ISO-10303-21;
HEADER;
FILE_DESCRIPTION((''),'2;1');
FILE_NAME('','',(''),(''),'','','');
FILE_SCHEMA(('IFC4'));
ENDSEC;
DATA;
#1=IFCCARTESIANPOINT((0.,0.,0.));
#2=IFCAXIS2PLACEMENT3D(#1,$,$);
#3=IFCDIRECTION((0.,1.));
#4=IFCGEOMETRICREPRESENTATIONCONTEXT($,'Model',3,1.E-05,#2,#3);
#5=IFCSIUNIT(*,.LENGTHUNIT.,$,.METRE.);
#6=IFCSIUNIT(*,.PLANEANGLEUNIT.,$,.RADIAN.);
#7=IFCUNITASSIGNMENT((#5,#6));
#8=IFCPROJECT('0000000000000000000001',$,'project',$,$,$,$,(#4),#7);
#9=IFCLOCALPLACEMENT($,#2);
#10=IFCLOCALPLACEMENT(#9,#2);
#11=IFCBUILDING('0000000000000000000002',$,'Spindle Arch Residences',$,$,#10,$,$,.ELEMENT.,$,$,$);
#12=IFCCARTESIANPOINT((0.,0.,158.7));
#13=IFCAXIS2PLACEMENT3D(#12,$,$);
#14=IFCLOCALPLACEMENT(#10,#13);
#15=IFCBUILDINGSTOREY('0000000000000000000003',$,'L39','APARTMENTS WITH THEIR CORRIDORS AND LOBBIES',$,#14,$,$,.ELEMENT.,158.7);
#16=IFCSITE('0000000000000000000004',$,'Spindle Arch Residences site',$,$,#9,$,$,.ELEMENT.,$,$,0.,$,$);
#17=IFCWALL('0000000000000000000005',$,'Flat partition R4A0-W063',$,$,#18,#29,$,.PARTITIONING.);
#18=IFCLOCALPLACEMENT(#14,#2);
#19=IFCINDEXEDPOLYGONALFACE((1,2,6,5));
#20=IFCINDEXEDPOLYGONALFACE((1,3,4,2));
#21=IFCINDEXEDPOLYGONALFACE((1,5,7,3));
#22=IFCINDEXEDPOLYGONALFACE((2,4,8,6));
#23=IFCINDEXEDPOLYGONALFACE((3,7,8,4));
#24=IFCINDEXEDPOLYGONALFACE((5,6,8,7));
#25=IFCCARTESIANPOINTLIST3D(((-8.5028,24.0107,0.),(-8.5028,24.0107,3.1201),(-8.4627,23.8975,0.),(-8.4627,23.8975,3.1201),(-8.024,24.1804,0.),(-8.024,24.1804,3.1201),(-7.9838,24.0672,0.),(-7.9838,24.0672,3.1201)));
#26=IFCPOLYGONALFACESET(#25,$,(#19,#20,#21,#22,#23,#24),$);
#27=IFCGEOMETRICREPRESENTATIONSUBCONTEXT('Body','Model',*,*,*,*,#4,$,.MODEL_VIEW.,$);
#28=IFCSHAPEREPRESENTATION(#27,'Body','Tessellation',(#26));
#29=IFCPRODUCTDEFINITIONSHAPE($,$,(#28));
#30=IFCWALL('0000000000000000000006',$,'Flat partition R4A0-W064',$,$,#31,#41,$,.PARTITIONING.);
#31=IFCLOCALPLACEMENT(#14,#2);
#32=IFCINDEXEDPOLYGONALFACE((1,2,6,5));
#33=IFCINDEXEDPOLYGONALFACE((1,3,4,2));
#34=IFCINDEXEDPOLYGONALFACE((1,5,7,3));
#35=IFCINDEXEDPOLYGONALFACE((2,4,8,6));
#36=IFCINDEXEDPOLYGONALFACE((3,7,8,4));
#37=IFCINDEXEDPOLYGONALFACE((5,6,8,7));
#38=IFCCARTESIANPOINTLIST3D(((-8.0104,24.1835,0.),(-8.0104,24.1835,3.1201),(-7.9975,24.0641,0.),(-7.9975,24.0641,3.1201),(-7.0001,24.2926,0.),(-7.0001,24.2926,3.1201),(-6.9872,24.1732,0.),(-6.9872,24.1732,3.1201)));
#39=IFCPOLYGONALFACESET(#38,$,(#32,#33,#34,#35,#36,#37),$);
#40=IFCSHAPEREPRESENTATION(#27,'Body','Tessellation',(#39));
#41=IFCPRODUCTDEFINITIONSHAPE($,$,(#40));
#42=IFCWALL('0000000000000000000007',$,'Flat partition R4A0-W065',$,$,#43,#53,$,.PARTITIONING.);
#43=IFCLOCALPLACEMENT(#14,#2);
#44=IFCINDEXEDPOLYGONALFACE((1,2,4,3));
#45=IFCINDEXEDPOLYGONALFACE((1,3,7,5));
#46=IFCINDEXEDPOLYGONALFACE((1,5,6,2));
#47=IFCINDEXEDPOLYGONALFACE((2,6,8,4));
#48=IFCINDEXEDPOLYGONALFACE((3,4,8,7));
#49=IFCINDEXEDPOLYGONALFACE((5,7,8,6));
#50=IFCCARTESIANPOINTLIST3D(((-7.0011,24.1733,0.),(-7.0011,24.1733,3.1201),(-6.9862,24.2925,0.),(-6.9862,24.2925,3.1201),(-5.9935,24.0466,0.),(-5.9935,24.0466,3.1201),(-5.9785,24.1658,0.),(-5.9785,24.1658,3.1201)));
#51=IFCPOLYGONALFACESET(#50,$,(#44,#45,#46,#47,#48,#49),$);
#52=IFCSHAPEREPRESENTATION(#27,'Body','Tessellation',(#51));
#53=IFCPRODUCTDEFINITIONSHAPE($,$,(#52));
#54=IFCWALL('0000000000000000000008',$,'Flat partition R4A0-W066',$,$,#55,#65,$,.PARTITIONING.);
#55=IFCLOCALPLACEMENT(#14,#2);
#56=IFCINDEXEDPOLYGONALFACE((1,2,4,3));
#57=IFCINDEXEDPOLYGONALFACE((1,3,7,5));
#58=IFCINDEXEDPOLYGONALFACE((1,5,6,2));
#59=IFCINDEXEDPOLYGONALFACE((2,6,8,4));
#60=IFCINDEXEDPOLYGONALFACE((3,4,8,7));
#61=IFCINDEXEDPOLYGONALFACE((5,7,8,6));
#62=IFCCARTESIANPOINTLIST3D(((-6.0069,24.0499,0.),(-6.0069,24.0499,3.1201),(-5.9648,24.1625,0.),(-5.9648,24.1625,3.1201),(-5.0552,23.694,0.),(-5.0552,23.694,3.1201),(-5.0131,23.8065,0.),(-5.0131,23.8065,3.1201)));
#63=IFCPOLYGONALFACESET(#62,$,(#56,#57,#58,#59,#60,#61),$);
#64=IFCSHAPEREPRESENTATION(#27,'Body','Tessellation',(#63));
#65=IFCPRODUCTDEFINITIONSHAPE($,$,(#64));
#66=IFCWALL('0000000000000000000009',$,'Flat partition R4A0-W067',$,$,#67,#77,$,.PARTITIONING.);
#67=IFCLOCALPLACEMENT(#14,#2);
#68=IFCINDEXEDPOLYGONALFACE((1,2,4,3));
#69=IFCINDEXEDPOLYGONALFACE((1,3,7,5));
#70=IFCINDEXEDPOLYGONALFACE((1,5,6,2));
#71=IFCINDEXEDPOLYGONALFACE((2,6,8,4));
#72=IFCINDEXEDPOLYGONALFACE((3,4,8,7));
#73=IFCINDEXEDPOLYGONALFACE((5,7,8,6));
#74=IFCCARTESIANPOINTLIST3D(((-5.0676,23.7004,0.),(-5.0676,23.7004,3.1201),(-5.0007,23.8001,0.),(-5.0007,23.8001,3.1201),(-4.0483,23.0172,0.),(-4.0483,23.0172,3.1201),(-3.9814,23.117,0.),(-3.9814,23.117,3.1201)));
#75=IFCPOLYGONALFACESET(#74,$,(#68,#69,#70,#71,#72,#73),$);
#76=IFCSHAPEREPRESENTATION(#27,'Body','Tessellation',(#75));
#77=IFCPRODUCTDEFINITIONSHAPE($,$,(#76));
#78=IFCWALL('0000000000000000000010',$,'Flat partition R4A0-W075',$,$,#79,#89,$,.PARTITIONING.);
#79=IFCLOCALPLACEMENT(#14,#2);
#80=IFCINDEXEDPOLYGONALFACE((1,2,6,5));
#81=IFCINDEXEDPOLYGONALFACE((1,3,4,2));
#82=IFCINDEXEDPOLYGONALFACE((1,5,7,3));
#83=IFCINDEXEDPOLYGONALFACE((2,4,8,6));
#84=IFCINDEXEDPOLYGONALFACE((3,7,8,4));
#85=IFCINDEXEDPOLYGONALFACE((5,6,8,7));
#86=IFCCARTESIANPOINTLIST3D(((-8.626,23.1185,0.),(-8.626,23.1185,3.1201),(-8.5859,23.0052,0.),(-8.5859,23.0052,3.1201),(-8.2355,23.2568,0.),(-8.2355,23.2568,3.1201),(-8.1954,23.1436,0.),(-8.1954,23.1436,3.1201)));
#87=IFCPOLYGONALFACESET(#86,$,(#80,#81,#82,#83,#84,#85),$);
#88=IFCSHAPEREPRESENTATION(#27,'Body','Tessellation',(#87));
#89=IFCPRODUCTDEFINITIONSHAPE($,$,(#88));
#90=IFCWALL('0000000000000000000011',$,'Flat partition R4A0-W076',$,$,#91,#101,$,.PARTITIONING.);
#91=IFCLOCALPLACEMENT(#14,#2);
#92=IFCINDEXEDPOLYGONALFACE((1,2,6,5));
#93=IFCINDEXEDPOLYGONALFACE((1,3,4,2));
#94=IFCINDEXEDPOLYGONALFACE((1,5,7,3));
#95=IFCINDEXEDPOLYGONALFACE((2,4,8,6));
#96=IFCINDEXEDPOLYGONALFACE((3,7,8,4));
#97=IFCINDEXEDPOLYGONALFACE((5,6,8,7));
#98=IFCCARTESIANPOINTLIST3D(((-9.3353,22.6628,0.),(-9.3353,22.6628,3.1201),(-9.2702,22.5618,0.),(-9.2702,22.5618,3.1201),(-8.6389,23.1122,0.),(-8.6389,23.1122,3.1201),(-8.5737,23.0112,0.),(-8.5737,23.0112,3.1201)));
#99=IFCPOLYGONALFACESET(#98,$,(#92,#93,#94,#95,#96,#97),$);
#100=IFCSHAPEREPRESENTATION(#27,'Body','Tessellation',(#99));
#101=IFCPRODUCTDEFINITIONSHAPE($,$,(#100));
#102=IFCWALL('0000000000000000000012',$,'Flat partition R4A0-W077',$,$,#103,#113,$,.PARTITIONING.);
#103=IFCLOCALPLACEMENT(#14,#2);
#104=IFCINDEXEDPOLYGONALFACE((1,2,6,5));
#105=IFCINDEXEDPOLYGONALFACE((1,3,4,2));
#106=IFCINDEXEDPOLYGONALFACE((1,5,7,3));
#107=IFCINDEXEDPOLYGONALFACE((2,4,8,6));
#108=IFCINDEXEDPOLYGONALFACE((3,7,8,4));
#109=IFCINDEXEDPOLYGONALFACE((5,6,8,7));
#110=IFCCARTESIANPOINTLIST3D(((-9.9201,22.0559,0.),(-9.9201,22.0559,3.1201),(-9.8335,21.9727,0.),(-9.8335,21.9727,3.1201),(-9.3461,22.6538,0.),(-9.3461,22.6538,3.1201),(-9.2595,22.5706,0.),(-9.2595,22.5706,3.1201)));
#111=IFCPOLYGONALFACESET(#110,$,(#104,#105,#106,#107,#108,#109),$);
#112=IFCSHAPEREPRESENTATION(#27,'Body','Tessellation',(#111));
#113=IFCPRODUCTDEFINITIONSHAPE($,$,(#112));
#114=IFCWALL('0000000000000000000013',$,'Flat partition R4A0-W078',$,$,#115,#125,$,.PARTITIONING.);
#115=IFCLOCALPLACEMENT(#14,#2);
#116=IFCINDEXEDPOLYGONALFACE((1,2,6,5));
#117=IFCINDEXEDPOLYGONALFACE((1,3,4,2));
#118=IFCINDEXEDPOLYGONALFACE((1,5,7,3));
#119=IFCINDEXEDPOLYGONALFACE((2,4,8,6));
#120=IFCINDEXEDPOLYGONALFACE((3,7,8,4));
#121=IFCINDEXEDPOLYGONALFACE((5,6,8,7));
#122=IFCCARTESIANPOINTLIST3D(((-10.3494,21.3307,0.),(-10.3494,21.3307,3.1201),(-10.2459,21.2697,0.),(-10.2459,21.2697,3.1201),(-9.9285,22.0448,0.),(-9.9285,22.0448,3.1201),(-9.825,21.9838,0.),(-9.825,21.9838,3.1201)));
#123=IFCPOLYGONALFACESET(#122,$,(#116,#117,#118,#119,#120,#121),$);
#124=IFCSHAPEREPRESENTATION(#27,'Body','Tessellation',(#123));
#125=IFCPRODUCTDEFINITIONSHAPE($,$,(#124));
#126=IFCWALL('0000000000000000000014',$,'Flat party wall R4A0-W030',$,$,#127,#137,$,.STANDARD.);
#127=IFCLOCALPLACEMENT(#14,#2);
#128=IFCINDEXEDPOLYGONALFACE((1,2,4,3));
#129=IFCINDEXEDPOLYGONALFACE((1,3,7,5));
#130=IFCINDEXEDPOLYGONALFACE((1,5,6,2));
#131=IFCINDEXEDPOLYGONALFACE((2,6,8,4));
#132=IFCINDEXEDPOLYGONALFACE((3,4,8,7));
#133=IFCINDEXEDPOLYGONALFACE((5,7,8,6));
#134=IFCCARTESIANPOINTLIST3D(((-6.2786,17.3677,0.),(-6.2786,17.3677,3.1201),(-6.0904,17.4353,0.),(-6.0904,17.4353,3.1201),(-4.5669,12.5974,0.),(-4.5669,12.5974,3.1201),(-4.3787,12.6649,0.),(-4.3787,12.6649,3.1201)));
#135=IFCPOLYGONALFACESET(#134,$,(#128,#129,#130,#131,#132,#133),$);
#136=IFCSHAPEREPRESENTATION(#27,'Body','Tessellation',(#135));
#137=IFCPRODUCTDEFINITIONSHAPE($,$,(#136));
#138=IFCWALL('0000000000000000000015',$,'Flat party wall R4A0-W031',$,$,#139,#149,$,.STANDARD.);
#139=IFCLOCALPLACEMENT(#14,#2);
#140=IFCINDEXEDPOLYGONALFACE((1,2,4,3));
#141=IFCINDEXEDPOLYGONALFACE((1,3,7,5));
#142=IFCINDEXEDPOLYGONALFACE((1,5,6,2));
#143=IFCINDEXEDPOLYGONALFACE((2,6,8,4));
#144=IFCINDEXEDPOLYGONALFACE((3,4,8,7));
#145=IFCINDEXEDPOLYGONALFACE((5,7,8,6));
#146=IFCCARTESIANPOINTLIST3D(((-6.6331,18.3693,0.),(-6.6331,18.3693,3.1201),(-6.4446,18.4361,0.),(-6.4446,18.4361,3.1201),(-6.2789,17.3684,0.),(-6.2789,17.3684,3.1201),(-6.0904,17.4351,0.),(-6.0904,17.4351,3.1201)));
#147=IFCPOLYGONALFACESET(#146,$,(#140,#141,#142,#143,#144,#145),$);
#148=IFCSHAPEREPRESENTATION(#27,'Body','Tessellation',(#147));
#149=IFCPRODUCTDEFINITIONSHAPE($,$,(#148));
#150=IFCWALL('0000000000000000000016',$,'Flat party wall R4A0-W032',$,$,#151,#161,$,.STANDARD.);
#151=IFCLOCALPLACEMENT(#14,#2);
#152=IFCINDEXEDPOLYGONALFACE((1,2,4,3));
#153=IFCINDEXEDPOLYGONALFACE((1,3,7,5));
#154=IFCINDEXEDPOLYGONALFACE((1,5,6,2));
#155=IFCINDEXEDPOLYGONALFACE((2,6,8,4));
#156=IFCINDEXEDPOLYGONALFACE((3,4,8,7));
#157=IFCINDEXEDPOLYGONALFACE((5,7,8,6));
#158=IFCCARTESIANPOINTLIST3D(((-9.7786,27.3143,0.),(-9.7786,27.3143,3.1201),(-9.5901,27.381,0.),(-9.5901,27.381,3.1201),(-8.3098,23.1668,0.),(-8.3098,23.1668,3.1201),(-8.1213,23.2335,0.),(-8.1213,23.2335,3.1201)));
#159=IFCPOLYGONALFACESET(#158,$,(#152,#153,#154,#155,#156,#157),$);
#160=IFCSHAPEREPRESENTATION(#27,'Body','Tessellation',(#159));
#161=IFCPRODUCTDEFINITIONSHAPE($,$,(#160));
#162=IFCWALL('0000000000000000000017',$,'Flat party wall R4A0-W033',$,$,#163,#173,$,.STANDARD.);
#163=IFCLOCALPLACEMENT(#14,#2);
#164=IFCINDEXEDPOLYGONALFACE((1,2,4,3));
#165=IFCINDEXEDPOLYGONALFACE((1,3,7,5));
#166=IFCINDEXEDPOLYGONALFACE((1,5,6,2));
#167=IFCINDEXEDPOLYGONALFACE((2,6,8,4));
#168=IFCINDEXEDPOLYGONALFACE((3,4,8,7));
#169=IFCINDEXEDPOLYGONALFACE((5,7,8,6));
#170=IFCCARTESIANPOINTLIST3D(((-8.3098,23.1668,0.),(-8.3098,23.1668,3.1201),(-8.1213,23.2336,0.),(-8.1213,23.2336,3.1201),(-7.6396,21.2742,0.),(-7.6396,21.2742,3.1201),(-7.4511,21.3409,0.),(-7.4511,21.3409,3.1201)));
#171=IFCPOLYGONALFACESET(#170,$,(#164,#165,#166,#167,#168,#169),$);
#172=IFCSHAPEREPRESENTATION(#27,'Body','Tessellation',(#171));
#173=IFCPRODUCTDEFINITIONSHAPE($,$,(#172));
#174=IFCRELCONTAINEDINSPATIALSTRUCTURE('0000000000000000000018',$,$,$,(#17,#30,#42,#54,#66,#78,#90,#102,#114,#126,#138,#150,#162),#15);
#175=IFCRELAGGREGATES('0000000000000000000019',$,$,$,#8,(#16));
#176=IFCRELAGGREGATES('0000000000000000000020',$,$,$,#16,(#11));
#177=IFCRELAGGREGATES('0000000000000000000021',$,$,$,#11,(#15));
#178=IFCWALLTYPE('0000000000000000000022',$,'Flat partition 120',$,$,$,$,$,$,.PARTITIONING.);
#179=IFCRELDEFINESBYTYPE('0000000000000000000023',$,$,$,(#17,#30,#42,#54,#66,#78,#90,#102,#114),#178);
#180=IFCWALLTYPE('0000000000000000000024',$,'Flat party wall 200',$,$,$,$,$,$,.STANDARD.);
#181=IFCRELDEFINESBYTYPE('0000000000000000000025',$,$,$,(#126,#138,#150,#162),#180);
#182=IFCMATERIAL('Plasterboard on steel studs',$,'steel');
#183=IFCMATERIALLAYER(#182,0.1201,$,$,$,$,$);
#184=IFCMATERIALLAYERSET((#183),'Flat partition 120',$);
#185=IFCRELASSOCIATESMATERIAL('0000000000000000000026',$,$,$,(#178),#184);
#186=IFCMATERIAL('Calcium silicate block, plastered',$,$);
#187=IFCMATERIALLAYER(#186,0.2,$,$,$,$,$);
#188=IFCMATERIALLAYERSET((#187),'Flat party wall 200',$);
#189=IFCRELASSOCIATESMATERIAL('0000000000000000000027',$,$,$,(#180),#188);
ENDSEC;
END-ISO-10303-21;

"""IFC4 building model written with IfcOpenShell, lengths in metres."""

from ifc_helpers import new_model, si_unit, direction, frame, frame_2d, origin, place, context, subcontext, project, spatial, rectangle, extrude, material, layer, layer_set, type_object, element, save


model = new_model("IFC4")

# Units and contexts
model_context = context("Model", 3, precision=1e-05, world=origin(), true_north=direction((0.0, 1.0)))
body_context = subcontext(model_context, "Body", "Model", "MODEL_VIEW")
ifc_project = project(units=[si_unit("LENGTHUNIT", "METRE"), si_unit("PLANEANGLEUNIT", "RADIAN")], contexts=[model_context])

# Site, building, storey
site_placement = place(None, origin())
site = spatial("IfcSite", under=ifc_project, at=site_placement, Name="Spindle Arch Residences site", CompositionType="ELEMENT", RefElevation=0.0)
building_placement = place(site_placement, origin())
building = spatial("IfcBuilding", under=site, at=building_placement, Name="Spindle Arch Residences", CompositionType="ELEMENT")
storey_placement = place(building_placement, frame((0.0, 0.0, 158.7)))
storey = spatial("IfcBuildingStorey", under=building, at=storey_placement, Name="L39", Description="APARTMENTS WITH THEIR CORRIDORS AND LOBBIES", CompositionType="ELEMENT", Elevation=158.7)

# Walls
ifc_material_1 = material(Name="Plasterboard on steel studs", Category="steel")
ifc_layer_1 = layer(ifc_material_1, 0.1201)
ifc_layer_set_1 = layer_set([ifc_layer_1], Name="Flat partition 120")
wall_type_1 = type_object("IfcWallType", Name="Flat partition 120", PredefinedType="PARTITIONING", material=ifc_layer_set_1)
wall_1_placement = place(storey_placement, frame((-8.4827, 23.9541, 0.0), z_axis=(0.0, 0.0, 1.0), x_axis=(0.942555, 0.334052, 0.0)))
element("IfcWall", 1, at=wall_1_placement, inside=storey, type_object=wall_type_1, Name="Flat partition R4A0-W063", PredefinedType="PARTITIONING", context=body_context, shape_type="SweptSolid", body=[
    extrude(rectangle(XDim=0.5081, YDim=0.1201, at=frame_2d((0.2539, 0.0))), origin(), (0.0, 0.0, 1.0), 3.1201),
])
wall_2_placement = place(storey_placement, frame((-8.0039, 24.1238, 0.0), z_axis=(0.0, 0.0, 1.0), x_axis=(0.994216, 0.107398, 0.0)))
element("IfcWall", 2, at=wall_2_placement, inside=storey, type_object=wall_type_1, Name="Flat partition R4A0-W064", PredefinedType="PARTITIONING", context=body_context, shape_type="SweptSolid", body=[
    extrude(rectangle(XDim=1.0161, YDim=0.1201, at=frame_2d((0.5081, 0.0))), origin(), (0.0, 0.0, 1.0), 3.1201),
])
wall_3_placement = place(storey_placement, frame((-6.9937, 24.2329, 0.0), z_axis=(0.0, 0.0, 1.0), x_axis=(0.992189, -0.124745, 0.0)))
element("IfcWall", 3, at=wall_3_placement, inside=storey, type_object=wall_type_1, Name="Flat partition R4A0-W065", PredefinedType="PARTITIONING", context=body_context, shape_type="SweptSolid", body=[
    extrude(rectangle(XDim=1.0156, YDim=0.1201, at=frame_2d((0.5078, 0.0))), origin(), (0.0, 0.0, 1.0), 3.1201),
])
wall_4_placement = place(storey_placement, frame((-5.9858, 24.1062, 0.0), z_axis=(0.0, 0.0, 1.0), x_axis=(0.936625, -0.350333, 0.0)))
element("IfcWall", 4, at=wall_4_placement, inside=storey, type_object=wall_type_1, Name="Flat partition R4A0-W066", PredefinedType="PARTITIONING", context=body_context, shape_type="SweptSolid", body=[
    extrude(rectangle(XDim=1.0161, YDim=0.1201, at=frame_2d((0.5081, 0.0))), origin(), (0.0, 0.0, 1.0), 3.1201),
])
wall_5_placement = place(storey_placement, frame((-5.0342, 23.7502, 0.0), z_axis=(0.0, 0.0, 1.0), x_axis=(0.830701, -0.556719, 0.0)))
element("IfcWall", 5, at=wall_5_placement, inside=storey, type_object=wall_type_1, Name="Flat partition R4A0-W067", PredefinedType="PARTITIONING", context=body_context, shape_type="SweptSolid", body=[
    extrude(rectangle(XDim=1.2271, YDim=0.1201, at=frame_2d((0.6135, 0.0))), origin(), (0.0, 0.0, 1.0), 3.1201),
])
wall_6_placement = place(storey_placement, frame((-8.2156, 23.2002, 0.0), z_axis=(0.0, 0.0, 1.0), x_axis=(-0.942565, -0.334022, 0.0)))
element("IfcWall", 6, at=wall_6_placement, inside=storey, type_object=wall_type_1, Name="Flat partition R4A0-W075", PredefinedType="PARTITIONING", context=body_context, shape_type="SweptSolid", body=[
    extrude(rectangle(XDim=0.4143, YDim=0.1201, at=frame_2d((0.207, 0.0))), origin(), (0.0, 0.0, 1.0), 3.1201),
])
for number, where, z_axis, x_axis, name in (
    (7, (-8.6062, 23.0618, 0.0), (0.0, 0.0, 1.0), (-0.840249, -0.542201, 0.0), "Flat partition R4A0-W076"),
    (8, (-9.3027, 22.6123, 0.0), (0.0, 0.0, 1.0), (-0.692526, -0.721393, 0.0), "Flat partition R4A0-W077"),
    (9, (-9.8767, 22.0144, 0.0), (0.0, 0.0, 1.0), (-0.507766, -0.861495, 0.0), "Flat partition R4A0-W078"),
):
    element("IfcWall", number, at=place(storey_placement, frame(where, z_axis=z_axis, x_axis=x_axis)), inside=storey, type_object=wall_type_1, Name=name, PredefinedType="PARTITIONING", context=body_context, shape_type="SweptSolid", body=[
        extrude(rectangle(XDim=0.8289, YDim=0.1201, at=frame_2d((0.4146, 0.0))), origin(), (0.0, 0.0, 1.0), 3.1201),
    ])
ifc_material_2 = material(Name="Calcium silicate block, plastered")
ifc_layer_2 = layer(ifc_material_2, 0.2)
ifc_layer_set_2 = layer_set([ifc_layer_2], Name="Flat party wall 200")
wall_type_2 = type_object("IfcWallType", Name="Flat party wall 200", PredefinedType="STANDARD", material=ifc_layer_set_2)
wall_7_placement = place(storey_placement, frame((-6.1846, 17.4016, 0.0), z_axis=(0.0, 0.0, 1.0), x_axis=(0.337737, -0.941241, 0.0)))
element("IfcWall", 10, at=wall_7_placement, inside=storey, type_object=wall_type_2, Name="Flat party wall R4A0-W030", PredefinedType="STANDARD", context=body_context, shape_type="SweptSolid", body=[
    extrude(rectangle(XDim=5.0681, YDim=0.2, at=frame_2d((2.5342, 0.0))), origin(), (0.0, 0.0, 1.0), 3.1201),
])
wall_8_placement = place(storey_placement, frame((-6.5388, 18.4026, 0.0), z_axis=(0.0, 0.0, 1.0), x_axis=(0.333626, -0.942706, 0.0)))
element("IfcWall", 11, at=wall_8_placement, inside=storey, type_object=wall_type_2, Name="Flat party wall R4A0-W031", PredefinedType="STANDARD", context=body_context, shape_type="SweptSolid", body=[
    extrude(rectangle(XDim=1.0618, YDim=0.2, at=frame_2d((0.5308, 0.0))), origin(), (0.0, 0.0, 1.0), 3.1201),
])
wall_9_placement = place(storey_placement, frame((-9.6843, 27.3477, 0.0), z_axis=(0.0, 0.0, 1.0), x_axis=(0.333818, -0.942637, 0.0)))
element("IfcWall", 12, at=wall_9_placement, inside=storey, type_object=wall_type_2, Name="Flat party wall R4A0-W032", PredefinedType="STANDARD", context=body_context, shape_type="SweptSolid", body=[
    extrude(rectangle(XDim=4.3999, YDim=0.2, at=frame_2d((2.2, 0.0))), origin(), (0.0, 0.0, 1.0), 3.1201),
])
wall_10_placement = place(storey_placement, frame((-8.2156, 23.2002, 0.0), z_axis=(0.0, 0.0, 1.0), x_axis=(0.333793, -0.942646, 0.0)))
element("IfcWall", 13, at=wall_10_placement, inside=storey, type_object=wall_type_2, Name="Flat party wall R4A0-W033", PredefinedType="STANDARD", context=body_context, shape_type="SweptSolid", body=[
    extrude(rectangle(XDim=2.0078, YDim=0.2, at=frame_2d((1.0039, 0.0))), origin(), (0.0, 0.0, 1.0), 3.1201),
])

save(model, "model.ifc")
